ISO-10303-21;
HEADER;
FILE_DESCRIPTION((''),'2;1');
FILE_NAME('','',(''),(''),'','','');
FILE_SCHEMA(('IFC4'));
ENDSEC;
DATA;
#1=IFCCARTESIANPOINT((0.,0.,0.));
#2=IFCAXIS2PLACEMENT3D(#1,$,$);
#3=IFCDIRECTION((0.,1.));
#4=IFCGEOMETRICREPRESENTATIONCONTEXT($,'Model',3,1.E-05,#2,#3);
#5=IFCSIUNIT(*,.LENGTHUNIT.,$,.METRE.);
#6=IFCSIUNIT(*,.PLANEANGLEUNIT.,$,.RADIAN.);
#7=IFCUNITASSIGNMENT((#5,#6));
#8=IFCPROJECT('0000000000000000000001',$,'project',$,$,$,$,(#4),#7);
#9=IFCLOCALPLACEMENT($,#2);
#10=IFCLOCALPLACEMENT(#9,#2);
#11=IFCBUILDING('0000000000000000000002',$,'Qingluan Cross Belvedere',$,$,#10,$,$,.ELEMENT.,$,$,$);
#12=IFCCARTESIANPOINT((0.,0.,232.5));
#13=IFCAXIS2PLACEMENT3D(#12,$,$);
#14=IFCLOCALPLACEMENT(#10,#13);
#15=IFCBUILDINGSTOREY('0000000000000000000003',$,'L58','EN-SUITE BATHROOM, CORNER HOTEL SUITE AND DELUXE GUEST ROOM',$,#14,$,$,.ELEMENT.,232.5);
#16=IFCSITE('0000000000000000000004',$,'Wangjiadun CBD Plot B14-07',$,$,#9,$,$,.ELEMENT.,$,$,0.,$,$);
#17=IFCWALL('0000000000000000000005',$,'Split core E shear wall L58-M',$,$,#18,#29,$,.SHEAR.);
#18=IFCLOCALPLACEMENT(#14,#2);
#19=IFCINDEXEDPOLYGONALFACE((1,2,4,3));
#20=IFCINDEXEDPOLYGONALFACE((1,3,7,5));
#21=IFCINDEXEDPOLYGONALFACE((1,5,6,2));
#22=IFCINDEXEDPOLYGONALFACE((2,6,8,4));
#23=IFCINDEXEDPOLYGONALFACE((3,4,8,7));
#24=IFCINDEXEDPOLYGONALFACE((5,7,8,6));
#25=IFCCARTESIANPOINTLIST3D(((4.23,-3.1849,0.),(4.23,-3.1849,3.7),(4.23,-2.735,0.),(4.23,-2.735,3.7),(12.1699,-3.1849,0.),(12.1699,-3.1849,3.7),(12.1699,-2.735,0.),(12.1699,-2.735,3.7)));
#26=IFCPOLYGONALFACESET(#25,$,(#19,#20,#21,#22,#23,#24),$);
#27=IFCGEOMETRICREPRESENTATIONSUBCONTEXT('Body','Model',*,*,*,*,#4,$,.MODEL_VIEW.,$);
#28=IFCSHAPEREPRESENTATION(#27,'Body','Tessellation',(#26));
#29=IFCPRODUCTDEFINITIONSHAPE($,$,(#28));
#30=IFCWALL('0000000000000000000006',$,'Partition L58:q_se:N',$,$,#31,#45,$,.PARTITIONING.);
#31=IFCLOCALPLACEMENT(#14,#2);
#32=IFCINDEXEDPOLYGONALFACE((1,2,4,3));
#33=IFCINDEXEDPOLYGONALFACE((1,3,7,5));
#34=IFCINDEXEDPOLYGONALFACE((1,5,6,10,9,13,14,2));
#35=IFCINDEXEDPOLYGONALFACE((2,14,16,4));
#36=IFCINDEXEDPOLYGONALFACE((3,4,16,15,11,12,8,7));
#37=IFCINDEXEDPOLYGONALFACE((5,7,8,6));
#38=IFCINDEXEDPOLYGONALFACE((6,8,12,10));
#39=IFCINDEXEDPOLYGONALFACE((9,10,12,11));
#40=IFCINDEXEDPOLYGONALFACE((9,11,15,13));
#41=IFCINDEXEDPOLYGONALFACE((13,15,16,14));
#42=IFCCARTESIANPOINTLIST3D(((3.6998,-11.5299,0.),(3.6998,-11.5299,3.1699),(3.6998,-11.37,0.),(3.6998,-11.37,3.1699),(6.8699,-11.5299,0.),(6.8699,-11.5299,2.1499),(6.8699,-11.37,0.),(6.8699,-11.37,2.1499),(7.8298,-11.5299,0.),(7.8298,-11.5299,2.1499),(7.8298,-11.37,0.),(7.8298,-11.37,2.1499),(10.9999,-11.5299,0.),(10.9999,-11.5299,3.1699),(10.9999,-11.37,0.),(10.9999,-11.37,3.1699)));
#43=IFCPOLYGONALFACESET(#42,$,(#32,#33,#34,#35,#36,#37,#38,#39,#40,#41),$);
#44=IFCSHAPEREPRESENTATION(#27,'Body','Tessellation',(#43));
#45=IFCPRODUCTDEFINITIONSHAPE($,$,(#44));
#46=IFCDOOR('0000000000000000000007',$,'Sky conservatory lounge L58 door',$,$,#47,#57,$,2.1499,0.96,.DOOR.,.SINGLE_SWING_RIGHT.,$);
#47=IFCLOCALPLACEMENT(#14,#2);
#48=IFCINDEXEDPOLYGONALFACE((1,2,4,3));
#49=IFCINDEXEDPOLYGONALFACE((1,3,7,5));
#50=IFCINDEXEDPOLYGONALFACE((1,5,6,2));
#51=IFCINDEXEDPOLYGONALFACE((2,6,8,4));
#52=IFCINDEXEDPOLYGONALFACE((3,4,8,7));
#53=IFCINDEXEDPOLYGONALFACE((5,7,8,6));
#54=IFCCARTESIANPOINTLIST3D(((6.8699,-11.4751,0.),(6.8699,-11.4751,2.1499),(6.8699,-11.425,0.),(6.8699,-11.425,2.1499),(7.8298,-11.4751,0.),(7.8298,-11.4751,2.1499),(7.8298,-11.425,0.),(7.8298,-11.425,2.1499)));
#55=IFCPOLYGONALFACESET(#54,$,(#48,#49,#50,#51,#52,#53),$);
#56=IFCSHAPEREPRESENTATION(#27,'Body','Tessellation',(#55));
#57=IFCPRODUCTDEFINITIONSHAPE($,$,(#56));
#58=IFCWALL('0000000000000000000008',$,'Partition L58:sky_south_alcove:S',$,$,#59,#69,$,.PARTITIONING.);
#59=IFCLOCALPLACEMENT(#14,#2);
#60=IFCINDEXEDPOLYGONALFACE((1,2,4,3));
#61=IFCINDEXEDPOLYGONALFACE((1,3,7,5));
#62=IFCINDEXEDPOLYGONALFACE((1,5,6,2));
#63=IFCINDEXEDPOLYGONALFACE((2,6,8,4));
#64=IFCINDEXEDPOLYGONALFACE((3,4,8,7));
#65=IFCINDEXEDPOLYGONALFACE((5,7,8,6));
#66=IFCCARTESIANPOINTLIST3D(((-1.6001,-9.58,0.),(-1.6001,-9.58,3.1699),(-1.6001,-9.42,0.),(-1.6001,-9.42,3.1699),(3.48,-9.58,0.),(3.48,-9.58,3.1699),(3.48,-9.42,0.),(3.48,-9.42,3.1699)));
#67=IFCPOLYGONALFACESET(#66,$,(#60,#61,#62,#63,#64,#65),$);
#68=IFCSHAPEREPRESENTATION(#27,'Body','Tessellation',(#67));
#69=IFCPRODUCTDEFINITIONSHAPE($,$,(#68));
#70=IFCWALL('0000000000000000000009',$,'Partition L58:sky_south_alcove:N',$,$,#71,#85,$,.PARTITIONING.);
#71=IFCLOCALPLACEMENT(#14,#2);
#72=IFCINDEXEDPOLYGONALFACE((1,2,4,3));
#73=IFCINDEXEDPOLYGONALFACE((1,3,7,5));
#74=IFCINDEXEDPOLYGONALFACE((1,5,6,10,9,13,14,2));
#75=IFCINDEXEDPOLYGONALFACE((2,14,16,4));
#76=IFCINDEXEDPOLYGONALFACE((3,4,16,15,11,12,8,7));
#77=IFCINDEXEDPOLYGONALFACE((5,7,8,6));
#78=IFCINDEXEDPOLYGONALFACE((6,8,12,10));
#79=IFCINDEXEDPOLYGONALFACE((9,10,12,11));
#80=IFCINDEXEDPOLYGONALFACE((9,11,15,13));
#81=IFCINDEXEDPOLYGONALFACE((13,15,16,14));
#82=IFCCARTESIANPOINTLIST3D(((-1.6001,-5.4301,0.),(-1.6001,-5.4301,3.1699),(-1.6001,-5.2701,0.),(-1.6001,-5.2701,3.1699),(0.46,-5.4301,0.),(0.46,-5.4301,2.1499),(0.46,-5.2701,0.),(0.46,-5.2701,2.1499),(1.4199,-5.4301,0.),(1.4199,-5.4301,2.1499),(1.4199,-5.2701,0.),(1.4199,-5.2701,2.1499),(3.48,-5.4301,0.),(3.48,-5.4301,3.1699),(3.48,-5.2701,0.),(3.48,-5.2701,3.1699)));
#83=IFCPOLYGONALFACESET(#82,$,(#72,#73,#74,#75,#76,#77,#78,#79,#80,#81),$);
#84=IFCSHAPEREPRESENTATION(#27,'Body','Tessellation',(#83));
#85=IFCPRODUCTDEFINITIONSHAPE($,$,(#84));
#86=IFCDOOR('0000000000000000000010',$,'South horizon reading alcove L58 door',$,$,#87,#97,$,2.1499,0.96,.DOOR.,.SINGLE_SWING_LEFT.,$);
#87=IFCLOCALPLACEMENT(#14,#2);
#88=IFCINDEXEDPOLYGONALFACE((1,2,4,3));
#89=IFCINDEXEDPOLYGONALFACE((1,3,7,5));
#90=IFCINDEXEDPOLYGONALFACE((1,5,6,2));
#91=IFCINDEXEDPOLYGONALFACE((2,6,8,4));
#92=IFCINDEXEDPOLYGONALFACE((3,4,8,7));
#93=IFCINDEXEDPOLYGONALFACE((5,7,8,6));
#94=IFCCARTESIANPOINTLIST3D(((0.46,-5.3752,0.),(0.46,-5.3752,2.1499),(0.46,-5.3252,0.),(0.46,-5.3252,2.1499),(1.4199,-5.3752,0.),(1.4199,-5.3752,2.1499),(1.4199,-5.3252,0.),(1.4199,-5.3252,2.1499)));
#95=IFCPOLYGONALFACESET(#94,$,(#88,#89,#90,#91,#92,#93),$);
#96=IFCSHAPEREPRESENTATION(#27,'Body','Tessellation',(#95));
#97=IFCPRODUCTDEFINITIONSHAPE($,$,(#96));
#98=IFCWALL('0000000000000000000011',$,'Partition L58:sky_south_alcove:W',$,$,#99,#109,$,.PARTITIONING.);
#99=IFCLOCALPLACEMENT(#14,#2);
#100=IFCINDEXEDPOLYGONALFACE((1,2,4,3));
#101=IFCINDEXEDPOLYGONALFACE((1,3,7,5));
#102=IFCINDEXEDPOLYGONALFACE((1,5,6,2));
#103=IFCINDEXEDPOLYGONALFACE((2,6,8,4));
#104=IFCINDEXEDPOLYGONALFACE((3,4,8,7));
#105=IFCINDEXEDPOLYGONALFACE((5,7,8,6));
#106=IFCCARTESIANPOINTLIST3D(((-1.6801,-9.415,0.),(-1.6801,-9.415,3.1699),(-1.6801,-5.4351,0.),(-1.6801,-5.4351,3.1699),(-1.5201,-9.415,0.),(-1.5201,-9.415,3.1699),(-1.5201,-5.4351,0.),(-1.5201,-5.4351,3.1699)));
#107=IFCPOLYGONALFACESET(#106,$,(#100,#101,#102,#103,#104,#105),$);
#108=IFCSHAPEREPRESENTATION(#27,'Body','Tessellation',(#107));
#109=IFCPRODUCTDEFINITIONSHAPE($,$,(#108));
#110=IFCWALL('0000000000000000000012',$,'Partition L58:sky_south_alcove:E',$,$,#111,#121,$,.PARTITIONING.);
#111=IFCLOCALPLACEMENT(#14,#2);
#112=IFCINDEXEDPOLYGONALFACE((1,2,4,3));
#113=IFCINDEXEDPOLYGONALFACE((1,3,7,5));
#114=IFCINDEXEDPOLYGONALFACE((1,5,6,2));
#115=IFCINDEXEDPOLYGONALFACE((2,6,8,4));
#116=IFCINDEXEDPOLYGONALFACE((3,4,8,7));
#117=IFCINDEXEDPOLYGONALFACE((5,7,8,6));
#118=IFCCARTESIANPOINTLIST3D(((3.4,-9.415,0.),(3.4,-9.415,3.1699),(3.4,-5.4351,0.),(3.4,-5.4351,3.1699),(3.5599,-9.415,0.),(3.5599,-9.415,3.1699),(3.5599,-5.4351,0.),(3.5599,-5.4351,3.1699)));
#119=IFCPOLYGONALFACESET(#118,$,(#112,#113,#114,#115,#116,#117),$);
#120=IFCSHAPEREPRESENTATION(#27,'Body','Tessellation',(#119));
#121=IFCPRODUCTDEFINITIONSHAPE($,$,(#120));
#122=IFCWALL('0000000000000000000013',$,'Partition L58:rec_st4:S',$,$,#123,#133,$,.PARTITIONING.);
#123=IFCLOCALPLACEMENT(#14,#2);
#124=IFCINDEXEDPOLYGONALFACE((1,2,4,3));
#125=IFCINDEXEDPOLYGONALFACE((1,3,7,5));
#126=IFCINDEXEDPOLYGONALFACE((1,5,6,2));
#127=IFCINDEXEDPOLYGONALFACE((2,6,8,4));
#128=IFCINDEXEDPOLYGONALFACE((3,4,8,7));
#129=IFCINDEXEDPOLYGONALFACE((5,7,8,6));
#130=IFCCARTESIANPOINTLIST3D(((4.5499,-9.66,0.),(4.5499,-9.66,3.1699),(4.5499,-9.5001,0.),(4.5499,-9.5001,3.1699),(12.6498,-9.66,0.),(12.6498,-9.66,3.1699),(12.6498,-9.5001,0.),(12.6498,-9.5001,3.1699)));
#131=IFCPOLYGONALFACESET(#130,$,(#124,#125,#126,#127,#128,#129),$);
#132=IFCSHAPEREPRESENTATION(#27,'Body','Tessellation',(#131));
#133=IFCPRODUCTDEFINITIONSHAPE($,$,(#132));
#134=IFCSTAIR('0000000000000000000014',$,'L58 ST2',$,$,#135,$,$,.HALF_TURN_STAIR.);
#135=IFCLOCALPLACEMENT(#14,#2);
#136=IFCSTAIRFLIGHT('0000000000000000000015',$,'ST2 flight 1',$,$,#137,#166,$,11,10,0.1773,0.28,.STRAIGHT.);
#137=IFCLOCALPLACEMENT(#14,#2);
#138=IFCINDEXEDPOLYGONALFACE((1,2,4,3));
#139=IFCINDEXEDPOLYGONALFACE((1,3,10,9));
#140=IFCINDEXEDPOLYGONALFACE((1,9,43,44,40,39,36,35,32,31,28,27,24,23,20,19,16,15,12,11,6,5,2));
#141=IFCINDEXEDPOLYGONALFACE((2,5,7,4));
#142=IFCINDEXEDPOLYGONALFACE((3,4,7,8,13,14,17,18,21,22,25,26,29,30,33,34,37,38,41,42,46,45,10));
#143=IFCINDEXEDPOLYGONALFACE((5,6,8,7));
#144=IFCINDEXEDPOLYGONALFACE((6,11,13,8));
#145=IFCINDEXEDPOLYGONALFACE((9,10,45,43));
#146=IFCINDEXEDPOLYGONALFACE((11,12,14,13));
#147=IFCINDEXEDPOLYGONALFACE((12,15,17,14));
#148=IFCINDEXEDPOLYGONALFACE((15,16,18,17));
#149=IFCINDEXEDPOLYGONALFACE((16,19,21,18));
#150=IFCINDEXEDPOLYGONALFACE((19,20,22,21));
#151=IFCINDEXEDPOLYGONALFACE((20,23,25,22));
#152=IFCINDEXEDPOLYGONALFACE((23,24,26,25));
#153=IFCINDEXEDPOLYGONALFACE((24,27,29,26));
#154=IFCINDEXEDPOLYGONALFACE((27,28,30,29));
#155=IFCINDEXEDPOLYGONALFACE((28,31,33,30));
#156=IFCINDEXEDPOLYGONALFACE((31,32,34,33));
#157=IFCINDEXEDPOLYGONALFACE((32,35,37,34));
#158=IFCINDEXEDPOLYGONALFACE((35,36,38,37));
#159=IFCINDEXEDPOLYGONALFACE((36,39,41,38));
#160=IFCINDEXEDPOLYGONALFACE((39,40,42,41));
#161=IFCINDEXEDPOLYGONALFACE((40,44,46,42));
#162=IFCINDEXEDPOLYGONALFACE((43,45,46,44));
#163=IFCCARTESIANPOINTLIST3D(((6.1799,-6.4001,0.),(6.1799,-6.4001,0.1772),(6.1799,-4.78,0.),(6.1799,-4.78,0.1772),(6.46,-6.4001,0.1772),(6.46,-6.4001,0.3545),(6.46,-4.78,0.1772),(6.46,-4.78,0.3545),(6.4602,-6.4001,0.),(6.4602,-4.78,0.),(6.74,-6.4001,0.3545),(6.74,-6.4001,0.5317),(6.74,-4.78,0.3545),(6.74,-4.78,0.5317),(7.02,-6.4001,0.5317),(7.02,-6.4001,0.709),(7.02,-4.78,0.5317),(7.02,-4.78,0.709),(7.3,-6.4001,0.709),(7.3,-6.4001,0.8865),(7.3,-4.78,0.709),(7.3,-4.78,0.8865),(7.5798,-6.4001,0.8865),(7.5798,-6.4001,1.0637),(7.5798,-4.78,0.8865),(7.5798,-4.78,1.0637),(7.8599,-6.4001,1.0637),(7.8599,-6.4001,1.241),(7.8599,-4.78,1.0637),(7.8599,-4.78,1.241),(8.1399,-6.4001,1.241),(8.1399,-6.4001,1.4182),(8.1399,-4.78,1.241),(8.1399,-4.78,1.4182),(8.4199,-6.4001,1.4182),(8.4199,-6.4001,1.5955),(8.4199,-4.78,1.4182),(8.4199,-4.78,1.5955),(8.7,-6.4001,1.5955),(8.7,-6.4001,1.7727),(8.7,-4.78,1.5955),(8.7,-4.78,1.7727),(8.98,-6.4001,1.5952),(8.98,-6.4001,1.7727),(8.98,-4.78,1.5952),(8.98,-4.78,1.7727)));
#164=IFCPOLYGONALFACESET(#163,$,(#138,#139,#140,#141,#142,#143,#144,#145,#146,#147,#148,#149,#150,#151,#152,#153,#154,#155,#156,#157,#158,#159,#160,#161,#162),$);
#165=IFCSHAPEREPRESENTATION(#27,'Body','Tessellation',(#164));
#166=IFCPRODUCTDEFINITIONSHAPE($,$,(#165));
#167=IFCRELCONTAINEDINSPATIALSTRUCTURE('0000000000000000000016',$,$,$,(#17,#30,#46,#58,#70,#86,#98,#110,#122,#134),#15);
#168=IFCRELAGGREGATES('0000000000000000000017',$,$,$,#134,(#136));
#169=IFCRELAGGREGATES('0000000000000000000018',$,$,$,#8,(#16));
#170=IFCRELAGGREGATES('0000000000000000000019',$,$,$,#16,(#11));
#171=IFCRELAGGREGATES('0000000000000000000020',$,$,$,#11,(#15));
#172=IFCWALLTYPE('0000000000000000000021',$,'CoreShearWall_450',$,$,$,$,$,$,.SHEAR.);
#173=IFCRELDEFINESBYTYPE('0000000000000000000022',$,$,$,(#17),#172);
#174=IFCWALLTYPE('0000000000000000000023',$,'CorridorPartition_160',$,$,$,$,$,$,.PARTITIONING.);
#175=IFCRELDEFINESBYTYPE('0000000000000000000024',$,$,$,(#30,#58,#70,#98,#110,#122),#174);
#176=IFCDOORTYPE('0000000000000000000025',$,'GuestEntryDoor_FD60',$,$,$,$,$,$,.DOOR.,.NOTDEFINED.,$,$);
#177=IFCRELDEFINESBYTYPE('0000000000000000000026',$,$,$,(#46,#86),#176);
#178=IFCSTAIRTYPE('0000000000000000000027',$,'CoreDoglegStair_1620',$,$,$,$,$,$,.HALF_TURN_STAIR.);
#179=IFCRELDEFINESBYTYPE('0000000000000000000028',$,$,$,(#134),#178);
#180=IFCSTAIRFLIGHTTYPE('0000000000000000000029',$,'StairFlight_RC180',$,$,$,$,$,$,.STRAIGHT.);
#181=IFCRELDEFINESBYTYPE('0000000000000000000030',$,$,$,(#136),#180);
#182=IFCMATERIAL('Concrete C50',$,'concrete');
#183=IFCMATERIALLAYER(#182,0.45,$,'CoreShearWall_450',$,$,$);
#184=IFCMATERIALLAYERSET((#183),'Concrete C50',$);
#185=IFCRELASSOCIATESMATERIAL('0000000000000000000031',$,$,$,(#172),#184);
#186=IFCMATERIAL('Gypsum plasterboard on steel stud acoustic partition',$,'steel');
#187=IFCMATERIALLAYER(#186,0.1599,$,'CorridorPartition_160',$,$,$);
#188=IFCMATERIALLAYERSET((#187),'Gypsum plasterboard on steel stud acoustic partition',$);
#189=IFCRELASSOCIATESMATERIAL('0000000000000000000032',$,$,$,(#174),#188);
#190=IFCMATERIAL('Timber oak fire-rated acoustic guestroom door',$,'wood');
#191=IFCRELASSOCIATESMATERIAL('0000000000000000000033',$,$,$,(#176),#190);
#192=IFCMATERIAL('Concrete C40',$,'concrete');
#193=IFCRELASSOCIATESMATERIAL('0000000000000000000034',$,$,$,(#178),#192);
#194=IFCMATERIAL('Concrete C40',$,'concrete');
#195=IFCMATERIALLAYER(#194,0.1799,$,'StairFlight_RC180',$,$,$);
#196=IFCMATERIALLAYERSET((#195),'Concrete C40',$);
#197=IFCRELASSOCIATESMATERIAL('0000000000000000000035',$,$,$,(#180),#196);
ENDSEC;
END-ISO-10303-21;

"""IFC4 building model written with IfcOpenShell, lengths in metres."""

from ifc_helpers import new_model, si_unit, direction, frame, frame_2d, origin, place, context, subcontext, project, spatial, polyline, rectangle, outline, extrude, material, layer, layer_set, type_object, element, fill, aggregate, save


model = new_model("IFC4")

# Units and contexts
model_context = context("Model", 3, precision=1e-05, world=origin(), true_north=direction((0.0, 1.0)))
body_context = subcontext(model_context, "Body", "Model", "MODEL_VIEW")
ifc_project = project(units=[si_unit("LENGTHUNIT", "METRE"), si_unit("PLANEANGLEUNIT", "RADIAN")], contexts=[model_context])

# Site, building, storey
site_placement = place(None, origin())
site = spatial("IfcSite", under=ifc_project, at=site_placement, Name="Wangjiadun CBD Plot B14-07", CompositionType="ELEMENT", RefElevation=0.0)
building_placement = place(site_placement, origin())
building = spatial("IfcBuilding", under=site, at=building_placement, Name="Qingluan Cross Belvedere", CompositionType="ELEMENT")
storey_placement = place(building_placement, frame((0.0, 0.0, 232.5)))
storey = spatial("IfcBuildingStorey", under=building, at=storey_placement, Name="L58", Description="EN-SUITE BATHROOM, CORNER HOTEL SUITE AND DELUXE GUEST ROOM", CompositionType="ELEMENT", Elevation=232.5)

# Shared definitions
ifc_material_1 = material(Name="Concrete C50", Category="concrete")
ifc_layer_1 = layer(ifc_material_1, 0.45, Name="CoreShearWall_450")
ifc_layer_set_1 = layer_set([ifc_layer_1], Name="Concrete C50")
wall_type_1 = type_object("IfcWallType", Name="CoreShearWall_450", PredefinedType="SHEAR", material=ifc_layer_set_1)

# Wall
wall_1_placement = place(storey_placement, frame((4.23, -2.96, 0.0), z_axis=(0.0, 0.0, 1.0), x_axis=(1.0, 0.0, 0.0)))
element("IfcWall", 1, at=wall_1_placement, inside=storey, type_object=wall_type_1, Name="Split core E shear wall L58-M", PredefinedType="SHEAR", context=body_context, shape_type="SweptSolid", body=[
    extrude(rectangle(XDim=7.9399, YDim=0.45, at=frame_2d((3.97, 0.0))), origin(), (0.0, 0.0, 1.0), 3.7),
])

# Wall, opening, door
ifc_material_2 = material(Name="Gypsum plasterboard on steel stud acoustic partition", Category="steel")
ifc_layer_2 = layer(ifc_material_2, 0.1599, Name="CorridorPartition_160")
ifc_layer_set_2 = layer_set([ifc_layer_2], Name="Gypsum plasterboard on steel stud acoustic partition")
wall_type_2 = type_object("IfcWallType", Name="CorridorPartition_160", PredefinedType="PARTITIONING", material=ifc_layer_set_2)
wall_2_placement = place(storey_placement, frame((3.7, -11.45, 0.0), z_axis=(0.0, 0.0, 1.0), x_axis=(1.0, 0.0, 0.0)))
wall_2 = element("IfcWall", 2, at=wall_2_placement, inside=storey, type_object=wall_type_2, Name="Partition L58:q_se:N", PredefinedType="PARTITIONING", context=body_context, shape_type="SweptSolid", body=[
    extrude(rectangle(XDim=7.3, YDim=0.1599, at=frame_2d((3.6499, 0.0))), origin(), (0.0, 0.0, 1.0), 3.1699),
])
opening_1_placement = place(wall_2_placement, frame((3.1699, 0.0, 0.0)))
opening_1 = element("IfcOpeningElement", 3, at=opening_1_placement, cuts=wall_2, PredefinedType="OPENING", context=body_context, shape_type="SweptSolid", body=[
    extrude(rectangle(XDim=0.96, YDim=2.1499, at=frame_2d((0.48, 1.075))), frame((0.0, 0.0898, 0.0), z_axis=(0.0, -1.0, 0.0), x_axis=(1.0, 0.0, 0.0)), (0.0, 0.0, 1.0), 0.1799),
])
ifc_material_3 = material(Name="Timber oak fire-rated acoustic guestroom door", Category="wood")
door_type_1 = type_object("IfcDoorType", Name="GuestEntryDoor_FD60", OperationType="NOTDEFINED", PredefinedType="DOOR", material=ifc_material_3)
door_1_placement = place(opening_1_placement, origin())
door_1 = element("IfcDoor", 4, at=door_1_placement, inside=storey, type_object=door_type_1, Name="Sky conservatory lounge L58 door", OperationType="SINGLE_SWING_RIGHT", OverallHeight=2.1499, OverallWidth=0.96, PredefinedType="DOOR", context=body_context, shape_type="SweptSolid", body=[
    extrude(rectangle(XDim=0.96, YDim=2.1499, at=frame_2d((0.48, 1.075))), frame((0.0, 0.0249, 0.0), z_axis=(0.0, -1.0, 0.0), x_axis=(1.0, 0.0, 0.0)), (0.0, 0.0, 1.0), 0.05),
])
fill(opening_1, door_1)

# Wall
wall_3_placement = place(storey_placement, frame((-1.6001, -9.5, 0.0), z_axis=(0.0, 0.0, 1.0), x_axis=(1.0, 0.0, 0.0)))
element("IfcWall", 5, at=wall_3_placement, inside=storey, type_object=wall_type_2, Name="Partition L58:sky_south_alcove:S", PredefinedType="PARTITIONING", context=body_context, shape_type="SweptSolid", body=[
    extrude(rectangle(XDim=5.0801, YDim=0.1599, at=frame_2d((2.54, 0.0))), origin(), (0.0, 0.0, 1.0), 3.1699),
])

# Wall, opening, door
wall_4_placement = place(storey_placement, frame((-1.6001, -5.3501, 0.0), z_axis=(0.0, 0.0, 1.0), x_axis=(1.0, 0.0, 0.0)))
wall_4 = element("IfcWall", 6, at=wall_4_placement, inside=storey, type_object=wall_type_2, Name="Partition L58:sky_south_alcove:N", PredefinedType="PARTITIONING", context=body_context, shape_type="SweptSolid", body=[
    extrude(rectangle(XDim=5.0801, YDim=0.1599, at=frame_2d((2.54, 0.0))), origin(), (0.0, 0.0, 1.0), 3.1699),
])
opening_2_placement = place(wall_4_placement, frame((2.0601, 0.0, 0.0)))
opening_2 = element("IfcOpeningElement", 7, at=opening_2_placement, cuts=wall_4, PredefinedType="OPENING", context=body_context, shape_type="SweptSolid", body=[
    extrude(rectangle(XDim=0.96, YDim=2.1499, at=frame_2d((0.48, 1.075))), frame((0.0, 0.0898, 0.0), z_axis=(0.0, -1.0, 0.0), x_axis=(1.0, 0.0, 0.0)), (0.0, 0.0, 1.0), 0.1799),
])
door_2_placement = place(opening_2_placement, origin())
door_2 = element("IfcDoor", 8, at=door_2_placement, inside=storey, type_object=door_type_1, Name="South horizon reading alcove L58 door", OperationType="SINGLE_SWING_LEFT", OverallHeight=2.1499, OverallWidth=0.96, PredefinedType="DOOR", context=body_context, shape_type="SweptSolid", body=[
    extrude(rectangle(XDim=0.96, YDim=2.1499, at=frame_2d((0.48, 1.075))), frame((0.0, 0.0249, 0.0), z_axis=(0.0, -1.0, 0.0), x_axis=(1.0, 0.0, 0.0)), (0.0, 0.0, 1.0), 0.05),
])
fill(opening_2, door_2)

# Walls
for number, where, z_axis, x_axis, name in (
    (9, (-1.6001, -9.415, 0.0), (0.0, 0.0, 1.0), (0.0, 1.0, 0.0), "Partition L58:sky_south_alcove:W"),
    (10, (3.48, -9.415, 0.0), (0.0, 0.0, 1.0), (0.0, 1.0, 0.0), "Partition L58:sky_south_alcove:E"),
):
    element("IfcWall", number, at=place(storey_placement, frame(where, z_axis=z_axis, x_axis=x_axis)), inside=storey, type_object=wall_type_2, Name=name, PredefinedType="PARTITIONING", context=body_context, shape_type="SweptSolid", body=[
        extrude(rectangle(XDim=3.98, YDim=0.1599, at=frame_2d((1.99, 0.0))), origin(), (0.0, 0.0, 1.0), 3.1699),
    ])
wall_5_placement = place(storey_placement, frame((4.55, -9.5801, 0.0), z_axis=(0.0, 0.0, 1.0), x_axis=(1.0, 0.0, 0.0)))
element("IfcWall", 11, at=wall_5_placement, inside=storey, type_object=wall_type_2, Name="Partition L58:rec_st4:S", PredefinedType="PARTITIONING", context=body_context, shape_type="SweptSolid", body=[
    extrude(rectangle(XDim=8.0999, YDim=0.1599, at=frame_2d((4.0498, 0.0))), origin(), (0.0, 0.0, 1.0), 3.1699),
])

# Stair, stair flight
ifc_material_4 = material(Name="Concrete C40", Category="concrete")
stair_type = type_object("IfcStairType", Name="CoreDoglegStair_1620", PredefinedType="HALF_TURN_STAIR", material=ifc_material_4)
stair_placement = place(storey_placement, origin())
stair = element("IfcStair", 12, at=stair_placement, inside=storey, type_object=stair_type, Name="L58 ST2", PredefinedType="HALF_TURN_STAIR")
ifc_material_5 = material(Name="Concrete C40", Category="concrete")
ifc_layer_3 = layer(ifc_material_5, 0.1799, Name="StairFlight_RC180")
ifc_layer_set_3 = layer_set([ifc_layer_3], Name="Concrete C40")
stair_flight_type = type_object("IfcStairFlightType", Name="StairFlight_RC180", PredefinedType="STRAIGHT", material=ifc_layer_set_3)
stair_flight_placement = place(storey_placement, frame((6.1799, -5.5901, 0.0), z_axis=(0.0, 0.0, 1.0), x_axis=(1.0, 0.0, 0.0)))
stair_flight = element("IfcStairFlight", 13, at=stair_flight_placement, type_object=stair_flight_type, Name="ST2 flight 1", NumberOfRisers=11, NumberOfTreads=10, PredefinedType="STRAIGHT", RiserHeight=0.1773, TreadLength=0.28, context=body_context, shape_type="SweptSolid", body=[
    extrude(outline(polyline([(0.0, 0.0), (0.0, 0.1772), (0.28, 0.1772), (0.28, 0.3545), (0.5601, 0.3545), (0.5601, 0.5317), (0.8401, 0.5317), (0.8401, 0.709), (1.1201, 0.709), (1.1201, 0.8865), (1.3999, 0.8865), (1.3999, 1.0637), (1.6799, 1.0637), (1.6799, 1.241), (1.96, 1.241), (1.96, 1.4182), (2.24, 1.4182), (2.24, 1.5955), (2.52, 1.5955), (2.52, 1.7727), (2.8, 1.7727), (2.8, 1.95), (2.8, 1.5952), (0.2803, 0.0), (0.0, 0.0)])), frame((0.0, 0.8101, 0.0), z_axis=(0.0, -1.0, 0.0), x_axis=(1.0, 0.0, 0.0)), (0.0, 0.0, 1.0), 1.6201),
])
aggregate(stair, [stair_flight])

save(model, "model.ifc")
